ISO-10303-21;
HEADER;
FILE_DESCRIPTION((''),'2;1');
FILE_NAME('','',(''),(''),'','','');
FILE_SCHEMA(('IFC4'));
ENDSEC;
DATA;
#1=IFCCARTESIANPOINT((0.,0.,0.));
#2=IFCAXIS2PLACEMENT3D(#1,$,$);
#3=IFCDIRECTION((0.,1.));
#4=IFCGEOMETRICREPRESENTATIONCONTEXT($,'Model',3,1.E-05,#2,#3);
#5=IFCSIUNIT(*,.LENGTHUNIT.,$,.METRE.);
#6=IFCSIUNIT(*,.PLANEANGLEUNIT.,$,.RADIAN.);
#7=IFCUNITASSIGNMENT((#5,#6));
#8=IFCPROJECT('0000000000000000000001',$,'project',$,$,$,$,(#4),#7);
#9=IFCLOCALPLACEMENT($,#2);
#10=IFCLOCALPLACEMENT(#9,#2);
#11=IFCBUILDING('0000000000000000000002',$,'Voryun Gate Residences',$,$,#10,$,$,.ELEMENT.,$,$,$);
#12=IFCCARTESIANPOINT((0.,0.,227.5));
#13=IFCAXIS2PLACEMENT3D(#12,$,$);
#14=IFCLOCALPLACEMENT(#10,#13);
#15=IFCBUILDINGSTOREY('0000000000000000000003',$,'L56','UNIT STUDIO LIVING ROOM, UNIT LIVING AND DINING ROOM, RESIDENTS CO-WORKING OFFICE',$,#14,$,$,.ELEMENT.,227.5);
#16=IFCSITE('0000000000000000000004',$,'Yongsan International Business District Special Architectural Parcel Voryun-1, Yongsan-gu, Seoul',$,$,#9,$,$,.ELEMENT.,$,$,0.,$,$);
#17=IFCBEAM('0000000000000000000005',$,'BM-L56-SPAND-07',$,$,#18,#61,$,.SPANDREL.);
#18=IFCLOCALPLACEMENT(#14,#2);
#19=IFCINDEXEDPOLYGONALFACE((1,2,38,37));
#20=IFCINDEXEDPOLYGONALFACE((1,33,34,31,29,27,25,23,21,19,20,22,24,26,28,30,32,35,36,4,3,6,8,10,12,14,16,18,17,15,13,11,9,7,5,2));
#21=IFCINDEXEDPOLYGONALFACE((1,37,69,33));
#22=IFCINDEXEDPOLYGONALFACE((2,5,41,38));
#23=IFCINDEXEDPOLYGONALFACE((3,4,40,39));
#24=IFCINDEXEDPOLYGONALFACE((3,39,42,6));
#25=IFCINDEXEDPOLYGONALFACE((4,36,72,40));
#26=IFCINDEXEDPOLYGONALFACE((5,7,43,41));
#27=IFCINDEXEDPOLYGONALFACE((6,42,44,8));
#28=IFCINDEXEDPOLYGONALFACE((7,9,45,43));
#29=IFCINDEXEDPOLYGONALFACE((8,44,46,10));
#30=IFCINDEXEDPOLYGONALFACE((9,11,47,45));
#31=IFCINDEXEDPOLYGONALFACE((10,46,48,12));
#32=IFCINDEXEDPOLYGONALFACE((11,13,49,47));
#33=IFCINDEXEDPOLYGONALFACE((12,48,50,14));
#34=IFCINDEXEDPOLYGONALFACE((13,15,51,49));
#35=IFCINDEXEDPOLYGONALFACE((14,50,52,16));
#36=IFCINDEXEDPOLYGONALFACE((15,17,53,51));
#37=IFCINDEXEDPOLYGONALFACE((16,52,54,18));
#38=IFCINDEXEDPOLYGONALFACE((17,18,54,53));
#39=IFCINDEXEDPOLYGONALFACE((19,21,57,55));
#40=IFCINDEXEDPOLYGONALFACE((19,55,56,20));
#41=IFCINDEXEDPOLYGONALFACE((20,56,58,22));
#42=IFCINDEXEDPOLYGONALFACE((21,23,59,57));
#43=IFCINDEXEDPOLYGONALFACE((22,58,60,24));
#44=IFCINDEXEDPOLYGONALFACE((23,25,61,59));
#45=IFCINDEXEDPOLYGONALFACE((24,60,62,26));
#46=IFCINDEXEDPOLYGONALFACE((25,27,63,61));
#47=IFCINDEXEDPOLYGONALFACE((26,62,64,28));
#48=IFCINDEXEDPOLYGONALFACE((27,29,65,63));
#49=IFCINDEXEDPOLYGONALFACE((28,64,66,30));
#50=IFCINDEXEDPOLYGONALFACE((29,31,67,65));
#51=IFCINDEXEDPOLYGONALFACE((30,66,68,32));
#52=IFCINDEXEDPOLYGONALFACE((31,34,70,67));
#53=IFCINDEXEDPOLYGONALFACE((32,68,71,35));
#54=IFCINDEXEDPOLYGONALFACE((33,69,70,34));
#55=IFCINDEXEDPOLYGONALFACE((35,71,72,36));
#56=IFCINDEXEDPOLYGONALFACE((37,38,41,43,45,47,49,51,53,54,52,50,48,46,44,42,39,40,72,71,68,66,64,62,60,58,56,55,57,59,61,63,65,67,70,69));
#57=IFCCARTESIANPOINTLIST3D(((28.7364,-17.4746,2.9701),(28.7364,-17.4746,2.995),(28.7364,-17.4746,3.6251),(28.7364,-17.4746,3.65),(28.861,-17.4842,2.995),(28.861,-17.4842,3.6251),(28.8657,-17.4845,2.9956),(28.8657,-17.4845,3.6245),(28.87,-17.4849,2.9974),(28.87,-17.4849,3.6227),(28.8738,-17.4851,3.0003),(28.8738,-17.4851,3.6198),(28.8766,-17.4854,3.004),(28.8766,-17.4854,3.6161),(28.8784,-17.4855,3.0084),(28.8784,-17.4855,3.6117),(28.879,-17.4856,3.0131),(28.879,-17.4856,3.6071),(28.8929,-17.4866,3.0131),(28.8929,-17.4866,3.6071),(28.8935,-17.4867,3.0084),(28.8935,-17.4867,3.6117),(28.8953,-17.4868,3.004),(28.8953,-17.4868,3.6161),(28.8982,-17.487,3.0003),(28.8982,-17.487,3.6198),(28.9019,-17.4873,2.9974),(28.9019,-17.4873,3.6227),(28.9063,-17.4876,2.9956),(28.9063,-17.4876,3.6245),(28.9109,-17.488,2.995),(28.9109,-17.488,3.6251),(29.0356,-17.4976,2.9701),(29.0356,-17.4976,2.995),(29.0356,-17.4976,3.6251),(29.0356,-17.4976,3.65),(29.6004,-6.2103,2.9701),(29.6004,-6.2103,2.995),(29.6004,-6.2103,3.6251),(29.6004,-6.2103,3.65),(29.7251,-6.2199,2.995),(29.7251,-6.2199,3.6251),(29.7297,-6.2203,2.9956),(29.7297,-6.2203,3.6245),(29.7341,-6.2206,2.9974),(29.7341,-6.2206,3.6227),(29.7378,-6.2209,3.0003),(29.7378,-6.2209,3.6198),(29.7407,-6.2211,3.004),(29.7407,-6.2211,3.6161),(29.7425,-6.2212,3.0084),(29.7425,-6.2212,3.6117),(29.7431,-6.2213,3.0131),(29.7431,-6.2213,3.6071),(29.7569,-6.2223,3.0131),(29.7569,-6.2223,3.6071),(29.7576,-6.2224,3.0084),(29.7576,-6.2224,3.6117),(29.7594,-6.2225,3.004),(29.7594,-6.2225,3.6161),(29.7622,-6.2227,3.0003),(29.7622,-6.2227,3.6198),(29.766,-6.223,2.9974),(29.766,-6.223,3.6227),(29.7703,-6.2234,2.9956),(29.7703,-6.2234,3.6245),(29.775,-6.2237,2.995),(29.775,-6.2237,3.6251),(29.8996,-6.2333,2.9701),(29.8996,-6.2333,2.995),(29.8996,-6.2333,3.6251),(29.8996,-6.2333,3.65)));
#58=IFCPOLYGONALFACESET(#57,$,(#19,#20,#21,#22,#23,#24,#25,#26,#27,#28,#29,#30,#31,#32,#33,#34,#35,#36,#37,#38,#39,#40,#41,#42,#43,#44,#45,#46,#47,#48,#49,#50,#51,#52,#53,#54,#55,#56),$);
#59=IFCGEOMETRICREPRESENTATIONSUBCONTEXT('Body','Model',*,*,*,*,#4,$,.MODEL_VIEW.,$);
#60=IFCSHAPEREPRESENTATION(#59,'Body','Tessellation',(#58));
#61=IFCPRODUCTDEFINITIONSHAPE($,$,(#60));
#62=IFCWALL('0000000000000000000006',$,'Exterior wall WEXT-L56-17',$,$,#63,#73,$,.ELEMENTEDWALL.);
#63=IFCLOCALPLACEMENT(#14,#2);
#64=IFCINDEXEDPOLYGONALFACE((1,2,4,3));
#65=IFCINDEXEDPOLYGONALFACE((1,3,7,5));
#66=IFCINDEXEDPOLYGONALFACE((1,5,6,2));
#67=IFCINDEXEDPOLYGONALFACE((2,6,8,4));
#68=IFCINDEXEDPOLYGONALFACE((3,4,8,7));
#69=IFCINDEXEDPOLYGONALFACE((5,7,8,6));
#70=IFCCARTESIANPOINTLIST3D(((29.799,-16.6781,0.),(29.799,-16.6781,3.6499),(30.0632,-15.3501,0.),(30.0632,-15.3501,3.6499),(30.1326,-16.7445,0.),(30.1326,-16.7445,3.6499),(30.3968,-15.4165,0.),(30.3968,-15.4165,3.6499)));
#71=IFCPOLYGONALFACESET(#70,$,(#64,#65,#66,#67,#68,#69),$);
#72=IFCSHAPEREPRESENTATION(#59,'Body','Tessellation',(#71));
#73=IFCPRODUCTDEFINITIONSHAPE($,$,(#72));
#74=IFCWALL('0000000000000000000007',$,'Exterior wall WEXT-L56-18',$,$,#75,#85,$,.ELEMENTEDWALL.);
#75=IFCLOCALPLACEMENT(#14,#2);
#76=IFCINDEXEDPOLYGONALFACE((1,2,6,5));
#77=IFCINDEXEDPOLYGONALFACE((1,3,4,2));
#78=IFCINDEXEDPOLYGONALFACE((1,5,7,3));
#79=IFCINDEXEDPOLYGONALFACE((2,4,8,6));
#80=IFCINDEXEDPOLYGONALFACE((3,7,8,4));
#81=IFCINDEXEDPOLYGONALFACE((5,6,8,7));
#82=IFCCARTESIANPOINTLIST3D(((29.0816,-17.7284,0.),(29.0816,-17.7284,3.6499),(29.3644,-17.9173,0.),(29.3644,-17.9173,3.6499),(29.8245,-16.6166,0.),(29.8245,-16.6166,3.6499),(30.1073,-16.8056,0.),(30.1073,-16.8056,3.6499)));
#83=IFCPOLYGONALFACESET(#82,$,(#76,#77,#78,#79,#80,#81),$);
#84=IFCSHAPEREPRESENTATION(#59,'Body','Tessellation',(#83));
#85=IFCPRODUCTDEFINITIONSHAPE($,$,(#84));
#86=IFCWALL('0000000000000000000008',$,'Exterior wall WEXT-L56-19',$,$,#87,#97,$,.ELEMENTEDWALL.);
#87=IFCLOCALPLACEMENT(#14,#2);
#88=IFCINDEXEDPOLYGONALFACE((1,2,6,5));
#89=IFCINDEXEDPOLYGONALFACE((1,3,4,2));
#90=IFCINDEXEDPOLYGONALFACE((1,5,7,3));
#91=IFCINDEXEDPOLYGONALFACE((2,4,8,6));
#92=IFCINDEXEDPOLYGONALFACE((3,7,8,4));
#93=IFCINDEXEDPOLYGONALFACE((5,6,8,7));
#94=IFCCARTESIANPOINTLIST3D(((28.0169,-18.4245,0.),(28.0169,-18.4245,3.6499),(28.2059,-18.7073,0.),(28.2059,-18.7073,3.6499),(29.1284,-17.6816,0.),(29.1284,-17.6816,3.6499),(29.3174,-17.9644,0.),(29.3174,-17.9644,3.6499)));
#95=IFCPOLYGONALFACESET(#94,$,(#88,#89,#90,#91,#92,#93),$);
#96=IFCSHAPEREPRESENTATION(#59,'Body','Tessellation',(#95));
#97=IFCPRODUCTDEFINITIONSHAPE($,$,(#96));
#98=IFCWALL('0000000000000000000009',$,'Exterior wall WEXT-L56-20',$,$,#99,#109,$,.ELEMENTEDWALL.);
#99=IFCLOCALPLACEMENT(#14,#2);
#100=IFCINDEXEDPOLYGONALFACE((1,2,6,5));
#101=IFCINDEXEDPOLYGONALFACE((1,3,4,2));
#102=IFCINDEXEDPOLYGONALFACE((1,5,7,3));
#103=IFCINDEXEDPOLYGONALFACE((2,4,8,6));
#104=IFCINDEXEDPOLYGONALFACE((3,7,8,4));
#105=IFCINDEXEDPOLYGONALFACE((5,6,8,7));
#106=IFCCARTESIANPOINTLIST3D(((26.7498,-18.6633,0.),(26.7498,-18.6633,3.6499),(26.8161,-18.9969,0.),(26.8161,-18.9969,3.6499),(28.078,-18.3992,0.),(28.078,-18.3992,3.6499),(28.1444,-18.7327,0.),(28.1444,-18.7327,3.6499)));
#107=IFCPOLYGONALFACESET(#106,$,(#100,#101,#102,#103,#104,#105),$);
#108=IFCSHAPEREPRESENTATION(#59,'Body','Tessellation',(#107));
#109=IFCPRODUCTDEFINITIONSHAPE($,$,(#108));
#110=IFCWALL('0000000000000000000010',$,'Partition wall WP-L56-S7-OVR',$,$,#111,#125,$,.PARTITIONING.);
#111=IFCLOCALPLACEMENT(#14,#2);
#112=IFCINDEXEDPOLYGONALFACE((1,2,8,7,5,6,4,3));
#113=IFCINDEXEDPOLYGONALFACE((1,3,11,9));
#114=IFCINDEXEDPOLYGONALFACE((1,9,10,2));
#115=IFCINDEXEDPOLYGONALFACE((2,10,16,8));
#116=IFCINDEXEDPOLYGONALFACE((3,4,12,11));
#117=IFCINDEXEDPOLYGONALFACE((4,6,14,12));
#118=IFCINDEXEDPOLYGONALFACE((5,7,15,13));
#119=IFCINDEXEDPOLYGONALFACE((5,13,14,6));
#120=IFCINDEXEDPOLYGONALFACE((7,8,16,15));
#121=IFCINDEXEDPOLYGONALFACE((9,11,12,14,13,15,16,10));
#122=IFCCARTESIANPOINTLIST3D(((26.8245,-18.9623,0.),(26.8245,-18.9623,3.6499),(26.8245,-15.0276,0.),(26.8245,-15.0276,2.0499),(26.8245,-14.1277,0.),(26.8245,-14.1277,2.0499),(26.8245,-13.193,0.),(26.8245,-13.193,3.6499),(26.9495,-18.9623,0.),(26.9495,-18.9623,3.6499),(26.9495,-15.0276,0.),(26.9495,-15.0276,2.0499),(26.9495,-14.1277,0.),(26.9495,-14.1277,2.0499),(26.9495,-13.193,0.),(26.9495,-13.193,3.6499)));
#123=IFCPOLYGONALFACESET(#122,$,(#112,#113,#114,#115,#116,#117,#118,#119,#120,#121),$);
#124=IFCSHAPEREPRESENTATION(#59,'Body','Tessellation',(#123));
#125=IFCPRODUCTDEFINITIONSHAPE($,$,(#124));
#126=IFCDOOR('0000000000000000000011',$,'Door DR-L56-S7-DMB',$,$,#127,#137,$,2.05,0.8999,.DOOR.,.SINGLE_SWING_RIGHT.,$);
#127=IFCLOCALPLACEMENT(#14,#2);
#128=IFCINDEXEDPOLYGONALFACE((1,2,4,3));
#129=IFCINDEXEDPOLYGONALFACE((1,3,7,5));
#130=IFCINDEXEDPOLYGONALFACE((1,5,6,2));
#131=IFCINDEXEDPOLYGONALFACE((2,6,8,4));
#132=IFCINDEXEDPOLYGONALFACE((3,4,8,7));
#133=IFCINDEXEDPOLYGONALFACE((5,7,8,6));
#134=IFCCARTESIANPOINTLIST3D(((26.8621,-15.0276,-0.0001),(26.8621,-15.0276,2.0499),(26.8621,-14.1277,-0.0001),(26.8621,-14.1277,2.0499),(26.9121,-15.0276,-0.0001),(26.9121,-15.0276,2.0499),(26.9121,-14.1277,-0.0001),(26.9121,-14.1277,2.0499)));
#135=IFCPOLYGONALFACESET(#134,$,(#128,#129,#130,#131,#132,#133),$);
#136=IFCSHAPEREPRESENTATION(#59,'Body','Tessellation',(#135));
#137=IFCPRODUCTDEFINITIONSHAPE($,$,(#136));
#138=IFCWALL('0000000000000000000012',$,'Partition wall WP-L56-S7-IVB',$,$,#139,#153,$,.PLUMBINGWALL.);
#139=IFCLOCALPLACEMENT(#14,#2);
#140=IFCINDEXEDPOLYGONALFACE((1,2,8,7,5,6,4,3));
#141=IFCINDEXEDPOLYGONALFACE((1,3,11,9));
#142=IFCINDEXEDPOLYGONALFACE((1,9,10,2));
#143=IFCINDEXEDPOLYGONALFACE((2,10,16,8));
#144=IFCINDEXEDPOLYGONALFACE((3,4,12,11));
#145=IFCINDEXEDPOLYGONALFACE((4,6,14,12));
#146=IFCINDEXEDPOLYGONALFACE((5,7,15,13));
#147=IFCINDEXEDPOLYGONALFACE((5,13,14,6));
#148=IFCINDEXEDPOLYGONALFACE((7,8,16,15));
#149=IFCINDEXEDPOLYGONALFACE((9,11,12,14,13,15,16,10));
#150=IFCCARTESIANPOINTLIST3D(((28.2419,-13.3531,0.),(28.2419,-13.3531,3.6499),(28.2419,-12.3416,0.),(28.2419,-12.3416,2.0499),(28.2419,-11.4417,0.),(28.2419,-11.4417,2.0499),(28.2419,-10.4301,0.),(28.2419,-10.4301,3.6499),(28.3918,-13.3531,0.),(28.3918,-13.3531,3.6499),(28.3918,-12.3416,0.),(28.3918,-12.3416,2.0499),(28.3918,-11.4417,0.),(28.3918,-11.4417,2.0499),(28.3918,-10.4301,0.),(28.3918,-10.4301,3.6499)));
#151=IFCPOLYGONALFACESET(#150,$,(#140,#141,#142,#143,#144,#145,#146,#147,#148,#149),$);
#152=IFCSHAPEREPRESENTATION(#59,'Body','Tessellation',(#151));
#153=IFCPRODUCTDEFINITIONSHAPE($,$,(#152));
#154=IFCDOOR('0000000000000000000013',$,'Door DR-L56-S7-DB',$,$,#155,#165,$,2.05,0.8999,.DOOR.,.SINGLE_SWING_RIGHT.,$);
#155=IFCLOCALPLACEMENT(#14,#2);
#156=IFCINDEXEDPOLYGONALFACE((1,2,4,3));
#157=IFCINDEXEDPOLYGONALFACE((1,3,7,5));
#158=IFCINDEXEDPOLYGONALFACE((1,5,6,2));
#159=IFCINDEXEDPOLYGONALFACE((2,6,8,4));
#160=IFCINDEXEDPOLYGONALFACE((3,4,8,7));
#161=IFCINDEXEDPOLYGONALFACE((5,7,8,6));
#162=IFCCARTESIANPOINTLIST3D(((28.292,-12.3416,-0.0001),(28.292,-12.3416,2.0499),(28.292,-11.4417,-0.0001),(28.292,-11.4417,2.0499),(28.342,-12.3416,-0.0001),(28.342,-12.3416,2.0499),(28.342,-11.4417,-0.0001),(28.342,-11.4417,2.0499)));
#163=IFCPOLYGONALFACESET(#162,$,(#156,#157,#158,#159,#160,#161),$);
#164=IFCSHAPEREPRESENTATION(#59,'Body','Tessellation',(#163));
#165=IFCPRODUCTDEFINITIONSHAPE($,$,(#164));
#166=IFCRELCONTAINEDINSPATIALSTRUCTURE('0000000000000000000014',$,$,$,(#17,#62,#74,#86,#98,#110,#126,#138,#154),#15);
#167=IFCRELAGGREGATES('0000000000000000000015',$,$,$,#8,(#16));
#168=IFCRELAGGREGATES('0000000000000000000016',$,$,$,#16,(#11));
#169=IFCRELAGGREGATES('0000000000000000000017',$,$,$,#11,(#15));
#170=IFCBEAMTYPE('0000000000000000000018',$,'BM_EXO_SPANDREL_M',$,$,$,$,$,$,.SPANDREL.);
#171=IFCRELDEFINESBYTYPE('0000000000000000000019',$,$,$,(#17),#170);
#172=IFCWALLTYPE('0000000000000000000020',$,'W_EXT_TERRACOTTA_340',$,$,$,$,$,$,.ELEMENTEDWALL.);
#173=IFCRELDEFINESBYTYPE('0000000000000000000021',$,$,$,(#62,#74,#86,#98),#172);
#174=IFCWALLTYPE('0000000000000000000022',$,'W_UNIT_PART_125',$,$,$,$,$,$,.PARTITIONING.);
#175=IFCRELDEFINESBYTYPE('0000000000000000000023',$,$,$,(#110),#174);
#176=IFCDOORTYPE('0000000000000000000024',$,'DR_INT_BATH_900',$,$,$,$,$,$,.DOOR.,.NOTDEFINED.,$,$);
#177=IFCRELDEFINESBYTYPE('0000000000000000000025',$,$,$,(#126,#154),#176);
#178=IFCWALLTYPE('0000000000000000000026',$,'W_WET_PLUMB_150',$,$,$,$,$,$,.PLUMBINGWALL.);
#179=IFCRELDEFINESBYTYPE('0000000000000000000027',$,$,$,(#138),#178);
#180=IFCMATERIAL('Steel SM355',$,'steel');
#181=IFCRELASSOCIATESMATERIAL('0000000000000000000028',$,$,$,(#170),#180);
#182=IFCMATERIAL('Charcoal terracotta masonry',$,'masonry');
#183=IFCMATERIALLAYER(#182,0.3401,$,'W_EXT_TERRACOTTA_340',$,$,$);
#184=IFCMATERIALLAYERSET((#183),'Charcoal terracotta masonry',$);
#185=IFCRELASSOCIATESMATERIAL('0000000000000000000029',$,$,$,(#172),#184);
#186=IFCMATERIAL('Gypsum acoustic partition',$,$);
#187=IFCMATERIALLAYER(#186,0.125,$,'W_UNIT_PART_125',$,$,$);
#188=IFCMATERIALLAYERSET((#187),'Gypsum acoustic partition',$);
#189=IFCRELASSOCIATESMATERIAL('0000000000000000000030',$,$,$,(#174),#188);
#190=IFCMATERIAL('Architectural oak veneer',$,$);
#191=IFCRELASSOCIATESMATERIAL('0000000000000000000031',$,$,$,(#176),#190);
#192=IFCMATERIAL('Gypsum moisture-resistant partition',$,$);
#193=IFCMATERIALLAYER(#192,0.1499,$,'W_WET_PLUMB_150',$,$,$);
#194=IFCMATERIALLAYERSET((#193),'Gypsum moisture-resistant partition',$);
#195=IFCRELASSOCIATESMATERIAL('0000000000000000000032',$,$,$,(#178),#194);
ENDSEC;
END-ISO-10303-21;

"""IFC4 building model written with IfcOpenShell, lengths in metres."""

from ifc_helpers import new_model, si_unit, direction, frame, frame_2d, origin, origin_2d, place, context, subcontext, project, spatial, rectangle, i_section, extrude, material, layer, layer_set, material_profile, profile_set, type_object, element, fill, save


model = new_model("IFC4")

# Units and contexts
model_context = context("Model", 3, precision=1e-05, world=origin(), true_north=direction((0.0, 1.0)))
body_context = subcontext(model_context, "Body", "Model", "MODEL_VIEW")
ifc_project = project(units=[si_unit("LENGTHUNIT", "METRE"), si_unit("PLANEANGLEUNIT", "RADIAN")], contexts=[model_context])

# Site, building, storey
site_placement = place(None, origin())
site = spatial("IfcSite", under=ifc_project, at=site_placement, Name="Yongsan International Business District Special Architectural Parcel Voryun-1, Yongsan-gu, Seoul", CompositionType="ELEMENT", RefElevation=0.0)
building_placement = place(site_placement, origin())
building = spatial("IfcBuilding", under=site, at=building_placement, Name="Voryun Gate Residences", CompositionType="ELEMENT")
storey_placement = place(building_placement, frame((0.0, 0.0, 227.5)))
storey = spatial("IfcBuildingStorey", under=building, at=storey_placement, Name="L56", Description="UNIT STUDIO LIVING ROOM, UNIT LIVING AND DINING ROOM, RESIDENTS CO-WORKING OFFICE", CompositionType="ELEMENT", Elevation=227.5)

# Beam
ifc_material_1 = material(Name="Steel SM355", Category="steel")
ifc_material_profile_1 = material_profile(ifc_material_1, i_section(OverallWidth=0.3, OverallDepth=0.6799, WebThickness=0.0139, FlangeThickness=0.0249, FilletRadius=0.0181, at=origin_2d()), Name="H-680x300x14x25")
ifc_profile_set_1 = profile_set([ifc_material_profile_1], Name="Steel SM355")
beam_type = type_object("IfcBeamType", Name="BM_EXO_SPANDREL_M", PredefinedType="SPANDREL", material=ifc_profile_set_1)
beam_1_placement = place(storey_placement, frame((28.886, -17.4861, 3.3101), z_axis=(0.07648, 0.997071, 0.0), x_axis=(-0.997071, 0.07648, 0.0)))
element("IfcBeam", 1, at=beam_1_placement, inside=storey, type_object=beam_type, Name="BM-L56-SPAND-07", PredefinedType="SPANDREL", context=body_context, shape_type="SweptSolid", body=[
    extrude(i_section(OverallWidth=0.3, OverallDepth=0.6799, WebThickness=0.0139, FlangeThickness=0.0249, FilletRadius=0.0181, at=origin_2d()), origin(), (0.0, 0.0, 1.0), 11.2974),
])

# Walls
ifc_material_2 = material(Name="Charcoal terracotta masonry", Category="masonry")
ifc_layer_1 = layer(ifc_material_2, 0.3401, Name="W_EXT_TERRACOTTA_340")
ifc_layer_set_1 = layer_set([ifc_layer_1], Name="Charcoal terracotta masonry")
wall_type_1 = type_object("IfcWallType", Name="W_EXT_TERRACOTTA_340", PredefinedType="ELEMENTEDWALL", material=ifc_layer_set_1)
wall_1_placement = place(storey_placement, frame((30.23, -15.3833, 0.0), z_axis=(0.0, 0.0, 1.0), x_axis=(-0.19511, -0.980781, 0.0)))
element("IfcWall", 2, at=wall_1_placement, inside=storey, type_object=wall_type_1, Name="Exterior wall WEXT-L56-17", PredefinedType="ELEMENTEDWALL", context=body_context, shape_type="SweptSolid", body=[
    extrude(rectangle(XDim=1.354, YDim=0.3401, at=frame_2d((0.677, 0.0))), origin(), (0.0, 0.0, 1.0), 3.6499),
])
wall_2_placement = place(storey_placement, frame((29.9658, -16.7112, 0.0), z_axis=(0.0, 0.0, 1.0), x_axis=(-0.555585, -0.83146, 0.0)))
element("IfcWall", 3, at=wall_2_placement, inside=storey, type_object=wall_type_1, Name="Exterior wall WEXT-L56-18", PredefinedType="ELEMENTEDWALL", context=body_context, shape_type="SweptSolid", body=[
    extrude(rectangle(XDim=1.3372, YDim=0.3401, at=frame_2d((0.6685, 0.0))), origin(), (0.0, 0.0, 1.0), 3.6499),
])
wall_3_placement = place(storey_placement, frame((29.2229, -17.823, 0.0), z_axis=(0.0, 0.0, 1.0), x_axis=(-0.831404, -0.555669, 0.0)))
element("IfcWall", 4, at=wall_3_placement, inside=storey, type_object=wall_type_1, Name="Exterior wall WEXT-L56-19", PredefinedType="ELEMENTEDWALL", context=body_context, shape_type="SweptSolid", body=[
    extrude(rectangle(XDim=1.3369, YDim=0.3401, at=frame_2d((0.6685, 0.0))), origin(), (0.0, 0.0, 1.0), 3.6499),
])
wall_4_placement = place(storey_placement, frame((28.1113, -18.5659, 0.0), z_axis=(0.0, 0.0, 1.0), x_axis=(-0.980788, -0.195076, 0.0)))
element("IfcWall", 5, at=wall_4_placement, inside=storey, type_object=wall_type_1, Name="Exterior wall WEXT-L56-20", PredefinedType="ELEMENTEDWALL", context=body_context, shape_type="SweptSolid", body=[
    extrude(rectangle(XDim=1.3542, YDim=0.3401, at=frame_2d((0.6772, 0.0))), origin(), (0.0, 0.0, 1.0), 3.6499),
])

# Walls, openings, doors
ifc_material_3 = material(Name="Gypsum acoustic partition")
ifc_layer_2 = layer(ifc_material_3, 0.125, Name="W_UNIT_PART_125")
ifc_layer_set_2 = layer_set([ifc_layer_2], Name="Gypsum acoustic partition")
wall_type_2 = type_object("IfcWallType", Name="W_UNIT_PART_125", PredefinedType="PARTITIONING", material=ifc_layer_set_2)
wall_5_placement = place(storey_placement, frame((26.887, -18.9624, 0.0), z_axis=(0.0, 0.0, 1.0), x_axis=(0.0, 1.0, 0.0)))
wall_5 = element("IfcWall", 6, at=wall_5_placement, inside=storey, type_object=wall_type_2, Name="Partition wall WP-L56-S7-OVR", PredefinedType="PARTITIONING", context=body_context, shape_type="SweptSolid", body=[
    extrude(rectangle(XDim=5.7693, YDim=0.125, at=frame_2d((2.8848, 0.0))), origin(), (0.0, 0.0, 1.0), 3.6499),
])
opening_1_placement = place(wall_5_placement, frame((3.9348, 0.0, 0.0)))
opening_1 = element("IfcOpeningElement", 7, at=opening_1_placement, cuts=wall_5, PredefinedType="OPENING", context=body_context, shape_type="SweptSolid", body=[
    extrude(rectangle(XDim=0.8999, YDim=2.05, at=frame_2d((0.45, 1.0249))), frame((0.0, 0.0725, 0.0), z_axis=(0.0, -1.0, 0.0), x_axis=(1.0, 0.0, 0.0)), (0.0, 0.0, 1.0), 0.145),
])
ifc_material_4 = material(Name="Architectural oak veneer")
door_type = type_object("IfcDoorType", Name="DR_INT_BATH_900", OperationType="NOTDEFINED", PredefinedType="DOOR", material=ifc_material_4)
door_1_placement = place(opening_1_placement, origin())
door_1 = element("IfcDoor", 8, at=door_1_placement, inside=storey, type_object=door_type, Name="Door DR-L56-S7-DMB", OperationType="SINGLE_SWING_RIGHT", OverallHeight=2.05, OverallWidth=0.8999, PredefinedType="DOOR", context=body_context, shape_type="SweptSolid", body=[
    extrude(rectangle(XDim=0.8999, YDim=2.05, at=frame_2d((0.45, 1.0249))), frame((0.0, 0.0249, 0.0), z_axis=(0.0, -1.0, 0.0), x_axis=(1.0, 0.0, 0.0)), (0.0, 0.0, 1.0), 0.05),
])
fill(opening_1, door_1)
ifc_material_5 = material(Name="Gypsum moisture-resistant partition")
ifc_layer_3 = layer(ifc_material_5, 0.1499, Name="W_WET_PLUMB_150")
ifc_layer_set_3 = layer_set([ifc_layer_3], Name="Gypsum moisture-resistant partition")
wall_type_3 = type_object("IfcWallType", Name="W_WET_PLUMB_150", PredefinedType="PLUMBINGWALL", material=ifc_layer_set_3)
wall_6_placement = place(storey_placement, frame((28.3169, -13.353, 0.0), z_axis=(0.0, 0.0, 1.0), x_axis=(0.0, 1.0, 0.0)))
wall_6 = element("IfcWall", 9, at=wall_6_placement, inside=storey, type_object=wall_type_3, Name="Partition wall WP-L56-S7-IVB", PredefinedType="PLUMBINGWALL", context=body_context, shape_type="SweptSolid", body=[
    extrude(rectangle(XDim=2.9231, YDim=0.1499, at=frame_2d((1.4614, 0.0))), origin(), (0.0, 0.0, 1.0), 3.6499),
])
opening_2_placement = place(wall_6_placement, frame((1.0115, 0.0, 0.0)))
opening_2 = element("IfcOpeningElement", 10, at=opening_2_placement, cuts=wall_6, PredefinedType="OPENING", context=body_context, shape_type="SweptSolid", body=[
    extrude(rectangle(XDim=0.8999, YDim=2.05, at=frame_2d((0.45, 1.0249))), frame((0.0, 0.085, 0.0), z_axis=(0.0, -1.0, 0.0), x_axis=(1.0, 0.0, 0.0)), (0.0, 0.0, 1.0), 0.1699),
])
door_2_placement = place(opening_2_placement, origin())
door_2 = element("IfcDoor", 11, at=door_2_placement, inside=storey, type_object=door_type, Name="Door DR-L56-S7-DB", OperationType="SINGLE_SWING_RIGHT", OverallHeight=2.05, OverallWidth=0.8999, PredefinedType="DOOR", context=body_context, shape_type="SweptSolid", body=[
    extrude(rectangle(XDim=0.8999, YDim=2.05, at=frame_2d((0.45, 1.0249))), frame((0.0, 0.0249, 0.0), z_axis=(0.0, -1.0, 0.0), x_axis=(1.0, 0.0, 0.0)), (0.0, 0.0, 1.0), 0.05),
])
fill(opening_2, door_2)

save(model, "model.ifc")
